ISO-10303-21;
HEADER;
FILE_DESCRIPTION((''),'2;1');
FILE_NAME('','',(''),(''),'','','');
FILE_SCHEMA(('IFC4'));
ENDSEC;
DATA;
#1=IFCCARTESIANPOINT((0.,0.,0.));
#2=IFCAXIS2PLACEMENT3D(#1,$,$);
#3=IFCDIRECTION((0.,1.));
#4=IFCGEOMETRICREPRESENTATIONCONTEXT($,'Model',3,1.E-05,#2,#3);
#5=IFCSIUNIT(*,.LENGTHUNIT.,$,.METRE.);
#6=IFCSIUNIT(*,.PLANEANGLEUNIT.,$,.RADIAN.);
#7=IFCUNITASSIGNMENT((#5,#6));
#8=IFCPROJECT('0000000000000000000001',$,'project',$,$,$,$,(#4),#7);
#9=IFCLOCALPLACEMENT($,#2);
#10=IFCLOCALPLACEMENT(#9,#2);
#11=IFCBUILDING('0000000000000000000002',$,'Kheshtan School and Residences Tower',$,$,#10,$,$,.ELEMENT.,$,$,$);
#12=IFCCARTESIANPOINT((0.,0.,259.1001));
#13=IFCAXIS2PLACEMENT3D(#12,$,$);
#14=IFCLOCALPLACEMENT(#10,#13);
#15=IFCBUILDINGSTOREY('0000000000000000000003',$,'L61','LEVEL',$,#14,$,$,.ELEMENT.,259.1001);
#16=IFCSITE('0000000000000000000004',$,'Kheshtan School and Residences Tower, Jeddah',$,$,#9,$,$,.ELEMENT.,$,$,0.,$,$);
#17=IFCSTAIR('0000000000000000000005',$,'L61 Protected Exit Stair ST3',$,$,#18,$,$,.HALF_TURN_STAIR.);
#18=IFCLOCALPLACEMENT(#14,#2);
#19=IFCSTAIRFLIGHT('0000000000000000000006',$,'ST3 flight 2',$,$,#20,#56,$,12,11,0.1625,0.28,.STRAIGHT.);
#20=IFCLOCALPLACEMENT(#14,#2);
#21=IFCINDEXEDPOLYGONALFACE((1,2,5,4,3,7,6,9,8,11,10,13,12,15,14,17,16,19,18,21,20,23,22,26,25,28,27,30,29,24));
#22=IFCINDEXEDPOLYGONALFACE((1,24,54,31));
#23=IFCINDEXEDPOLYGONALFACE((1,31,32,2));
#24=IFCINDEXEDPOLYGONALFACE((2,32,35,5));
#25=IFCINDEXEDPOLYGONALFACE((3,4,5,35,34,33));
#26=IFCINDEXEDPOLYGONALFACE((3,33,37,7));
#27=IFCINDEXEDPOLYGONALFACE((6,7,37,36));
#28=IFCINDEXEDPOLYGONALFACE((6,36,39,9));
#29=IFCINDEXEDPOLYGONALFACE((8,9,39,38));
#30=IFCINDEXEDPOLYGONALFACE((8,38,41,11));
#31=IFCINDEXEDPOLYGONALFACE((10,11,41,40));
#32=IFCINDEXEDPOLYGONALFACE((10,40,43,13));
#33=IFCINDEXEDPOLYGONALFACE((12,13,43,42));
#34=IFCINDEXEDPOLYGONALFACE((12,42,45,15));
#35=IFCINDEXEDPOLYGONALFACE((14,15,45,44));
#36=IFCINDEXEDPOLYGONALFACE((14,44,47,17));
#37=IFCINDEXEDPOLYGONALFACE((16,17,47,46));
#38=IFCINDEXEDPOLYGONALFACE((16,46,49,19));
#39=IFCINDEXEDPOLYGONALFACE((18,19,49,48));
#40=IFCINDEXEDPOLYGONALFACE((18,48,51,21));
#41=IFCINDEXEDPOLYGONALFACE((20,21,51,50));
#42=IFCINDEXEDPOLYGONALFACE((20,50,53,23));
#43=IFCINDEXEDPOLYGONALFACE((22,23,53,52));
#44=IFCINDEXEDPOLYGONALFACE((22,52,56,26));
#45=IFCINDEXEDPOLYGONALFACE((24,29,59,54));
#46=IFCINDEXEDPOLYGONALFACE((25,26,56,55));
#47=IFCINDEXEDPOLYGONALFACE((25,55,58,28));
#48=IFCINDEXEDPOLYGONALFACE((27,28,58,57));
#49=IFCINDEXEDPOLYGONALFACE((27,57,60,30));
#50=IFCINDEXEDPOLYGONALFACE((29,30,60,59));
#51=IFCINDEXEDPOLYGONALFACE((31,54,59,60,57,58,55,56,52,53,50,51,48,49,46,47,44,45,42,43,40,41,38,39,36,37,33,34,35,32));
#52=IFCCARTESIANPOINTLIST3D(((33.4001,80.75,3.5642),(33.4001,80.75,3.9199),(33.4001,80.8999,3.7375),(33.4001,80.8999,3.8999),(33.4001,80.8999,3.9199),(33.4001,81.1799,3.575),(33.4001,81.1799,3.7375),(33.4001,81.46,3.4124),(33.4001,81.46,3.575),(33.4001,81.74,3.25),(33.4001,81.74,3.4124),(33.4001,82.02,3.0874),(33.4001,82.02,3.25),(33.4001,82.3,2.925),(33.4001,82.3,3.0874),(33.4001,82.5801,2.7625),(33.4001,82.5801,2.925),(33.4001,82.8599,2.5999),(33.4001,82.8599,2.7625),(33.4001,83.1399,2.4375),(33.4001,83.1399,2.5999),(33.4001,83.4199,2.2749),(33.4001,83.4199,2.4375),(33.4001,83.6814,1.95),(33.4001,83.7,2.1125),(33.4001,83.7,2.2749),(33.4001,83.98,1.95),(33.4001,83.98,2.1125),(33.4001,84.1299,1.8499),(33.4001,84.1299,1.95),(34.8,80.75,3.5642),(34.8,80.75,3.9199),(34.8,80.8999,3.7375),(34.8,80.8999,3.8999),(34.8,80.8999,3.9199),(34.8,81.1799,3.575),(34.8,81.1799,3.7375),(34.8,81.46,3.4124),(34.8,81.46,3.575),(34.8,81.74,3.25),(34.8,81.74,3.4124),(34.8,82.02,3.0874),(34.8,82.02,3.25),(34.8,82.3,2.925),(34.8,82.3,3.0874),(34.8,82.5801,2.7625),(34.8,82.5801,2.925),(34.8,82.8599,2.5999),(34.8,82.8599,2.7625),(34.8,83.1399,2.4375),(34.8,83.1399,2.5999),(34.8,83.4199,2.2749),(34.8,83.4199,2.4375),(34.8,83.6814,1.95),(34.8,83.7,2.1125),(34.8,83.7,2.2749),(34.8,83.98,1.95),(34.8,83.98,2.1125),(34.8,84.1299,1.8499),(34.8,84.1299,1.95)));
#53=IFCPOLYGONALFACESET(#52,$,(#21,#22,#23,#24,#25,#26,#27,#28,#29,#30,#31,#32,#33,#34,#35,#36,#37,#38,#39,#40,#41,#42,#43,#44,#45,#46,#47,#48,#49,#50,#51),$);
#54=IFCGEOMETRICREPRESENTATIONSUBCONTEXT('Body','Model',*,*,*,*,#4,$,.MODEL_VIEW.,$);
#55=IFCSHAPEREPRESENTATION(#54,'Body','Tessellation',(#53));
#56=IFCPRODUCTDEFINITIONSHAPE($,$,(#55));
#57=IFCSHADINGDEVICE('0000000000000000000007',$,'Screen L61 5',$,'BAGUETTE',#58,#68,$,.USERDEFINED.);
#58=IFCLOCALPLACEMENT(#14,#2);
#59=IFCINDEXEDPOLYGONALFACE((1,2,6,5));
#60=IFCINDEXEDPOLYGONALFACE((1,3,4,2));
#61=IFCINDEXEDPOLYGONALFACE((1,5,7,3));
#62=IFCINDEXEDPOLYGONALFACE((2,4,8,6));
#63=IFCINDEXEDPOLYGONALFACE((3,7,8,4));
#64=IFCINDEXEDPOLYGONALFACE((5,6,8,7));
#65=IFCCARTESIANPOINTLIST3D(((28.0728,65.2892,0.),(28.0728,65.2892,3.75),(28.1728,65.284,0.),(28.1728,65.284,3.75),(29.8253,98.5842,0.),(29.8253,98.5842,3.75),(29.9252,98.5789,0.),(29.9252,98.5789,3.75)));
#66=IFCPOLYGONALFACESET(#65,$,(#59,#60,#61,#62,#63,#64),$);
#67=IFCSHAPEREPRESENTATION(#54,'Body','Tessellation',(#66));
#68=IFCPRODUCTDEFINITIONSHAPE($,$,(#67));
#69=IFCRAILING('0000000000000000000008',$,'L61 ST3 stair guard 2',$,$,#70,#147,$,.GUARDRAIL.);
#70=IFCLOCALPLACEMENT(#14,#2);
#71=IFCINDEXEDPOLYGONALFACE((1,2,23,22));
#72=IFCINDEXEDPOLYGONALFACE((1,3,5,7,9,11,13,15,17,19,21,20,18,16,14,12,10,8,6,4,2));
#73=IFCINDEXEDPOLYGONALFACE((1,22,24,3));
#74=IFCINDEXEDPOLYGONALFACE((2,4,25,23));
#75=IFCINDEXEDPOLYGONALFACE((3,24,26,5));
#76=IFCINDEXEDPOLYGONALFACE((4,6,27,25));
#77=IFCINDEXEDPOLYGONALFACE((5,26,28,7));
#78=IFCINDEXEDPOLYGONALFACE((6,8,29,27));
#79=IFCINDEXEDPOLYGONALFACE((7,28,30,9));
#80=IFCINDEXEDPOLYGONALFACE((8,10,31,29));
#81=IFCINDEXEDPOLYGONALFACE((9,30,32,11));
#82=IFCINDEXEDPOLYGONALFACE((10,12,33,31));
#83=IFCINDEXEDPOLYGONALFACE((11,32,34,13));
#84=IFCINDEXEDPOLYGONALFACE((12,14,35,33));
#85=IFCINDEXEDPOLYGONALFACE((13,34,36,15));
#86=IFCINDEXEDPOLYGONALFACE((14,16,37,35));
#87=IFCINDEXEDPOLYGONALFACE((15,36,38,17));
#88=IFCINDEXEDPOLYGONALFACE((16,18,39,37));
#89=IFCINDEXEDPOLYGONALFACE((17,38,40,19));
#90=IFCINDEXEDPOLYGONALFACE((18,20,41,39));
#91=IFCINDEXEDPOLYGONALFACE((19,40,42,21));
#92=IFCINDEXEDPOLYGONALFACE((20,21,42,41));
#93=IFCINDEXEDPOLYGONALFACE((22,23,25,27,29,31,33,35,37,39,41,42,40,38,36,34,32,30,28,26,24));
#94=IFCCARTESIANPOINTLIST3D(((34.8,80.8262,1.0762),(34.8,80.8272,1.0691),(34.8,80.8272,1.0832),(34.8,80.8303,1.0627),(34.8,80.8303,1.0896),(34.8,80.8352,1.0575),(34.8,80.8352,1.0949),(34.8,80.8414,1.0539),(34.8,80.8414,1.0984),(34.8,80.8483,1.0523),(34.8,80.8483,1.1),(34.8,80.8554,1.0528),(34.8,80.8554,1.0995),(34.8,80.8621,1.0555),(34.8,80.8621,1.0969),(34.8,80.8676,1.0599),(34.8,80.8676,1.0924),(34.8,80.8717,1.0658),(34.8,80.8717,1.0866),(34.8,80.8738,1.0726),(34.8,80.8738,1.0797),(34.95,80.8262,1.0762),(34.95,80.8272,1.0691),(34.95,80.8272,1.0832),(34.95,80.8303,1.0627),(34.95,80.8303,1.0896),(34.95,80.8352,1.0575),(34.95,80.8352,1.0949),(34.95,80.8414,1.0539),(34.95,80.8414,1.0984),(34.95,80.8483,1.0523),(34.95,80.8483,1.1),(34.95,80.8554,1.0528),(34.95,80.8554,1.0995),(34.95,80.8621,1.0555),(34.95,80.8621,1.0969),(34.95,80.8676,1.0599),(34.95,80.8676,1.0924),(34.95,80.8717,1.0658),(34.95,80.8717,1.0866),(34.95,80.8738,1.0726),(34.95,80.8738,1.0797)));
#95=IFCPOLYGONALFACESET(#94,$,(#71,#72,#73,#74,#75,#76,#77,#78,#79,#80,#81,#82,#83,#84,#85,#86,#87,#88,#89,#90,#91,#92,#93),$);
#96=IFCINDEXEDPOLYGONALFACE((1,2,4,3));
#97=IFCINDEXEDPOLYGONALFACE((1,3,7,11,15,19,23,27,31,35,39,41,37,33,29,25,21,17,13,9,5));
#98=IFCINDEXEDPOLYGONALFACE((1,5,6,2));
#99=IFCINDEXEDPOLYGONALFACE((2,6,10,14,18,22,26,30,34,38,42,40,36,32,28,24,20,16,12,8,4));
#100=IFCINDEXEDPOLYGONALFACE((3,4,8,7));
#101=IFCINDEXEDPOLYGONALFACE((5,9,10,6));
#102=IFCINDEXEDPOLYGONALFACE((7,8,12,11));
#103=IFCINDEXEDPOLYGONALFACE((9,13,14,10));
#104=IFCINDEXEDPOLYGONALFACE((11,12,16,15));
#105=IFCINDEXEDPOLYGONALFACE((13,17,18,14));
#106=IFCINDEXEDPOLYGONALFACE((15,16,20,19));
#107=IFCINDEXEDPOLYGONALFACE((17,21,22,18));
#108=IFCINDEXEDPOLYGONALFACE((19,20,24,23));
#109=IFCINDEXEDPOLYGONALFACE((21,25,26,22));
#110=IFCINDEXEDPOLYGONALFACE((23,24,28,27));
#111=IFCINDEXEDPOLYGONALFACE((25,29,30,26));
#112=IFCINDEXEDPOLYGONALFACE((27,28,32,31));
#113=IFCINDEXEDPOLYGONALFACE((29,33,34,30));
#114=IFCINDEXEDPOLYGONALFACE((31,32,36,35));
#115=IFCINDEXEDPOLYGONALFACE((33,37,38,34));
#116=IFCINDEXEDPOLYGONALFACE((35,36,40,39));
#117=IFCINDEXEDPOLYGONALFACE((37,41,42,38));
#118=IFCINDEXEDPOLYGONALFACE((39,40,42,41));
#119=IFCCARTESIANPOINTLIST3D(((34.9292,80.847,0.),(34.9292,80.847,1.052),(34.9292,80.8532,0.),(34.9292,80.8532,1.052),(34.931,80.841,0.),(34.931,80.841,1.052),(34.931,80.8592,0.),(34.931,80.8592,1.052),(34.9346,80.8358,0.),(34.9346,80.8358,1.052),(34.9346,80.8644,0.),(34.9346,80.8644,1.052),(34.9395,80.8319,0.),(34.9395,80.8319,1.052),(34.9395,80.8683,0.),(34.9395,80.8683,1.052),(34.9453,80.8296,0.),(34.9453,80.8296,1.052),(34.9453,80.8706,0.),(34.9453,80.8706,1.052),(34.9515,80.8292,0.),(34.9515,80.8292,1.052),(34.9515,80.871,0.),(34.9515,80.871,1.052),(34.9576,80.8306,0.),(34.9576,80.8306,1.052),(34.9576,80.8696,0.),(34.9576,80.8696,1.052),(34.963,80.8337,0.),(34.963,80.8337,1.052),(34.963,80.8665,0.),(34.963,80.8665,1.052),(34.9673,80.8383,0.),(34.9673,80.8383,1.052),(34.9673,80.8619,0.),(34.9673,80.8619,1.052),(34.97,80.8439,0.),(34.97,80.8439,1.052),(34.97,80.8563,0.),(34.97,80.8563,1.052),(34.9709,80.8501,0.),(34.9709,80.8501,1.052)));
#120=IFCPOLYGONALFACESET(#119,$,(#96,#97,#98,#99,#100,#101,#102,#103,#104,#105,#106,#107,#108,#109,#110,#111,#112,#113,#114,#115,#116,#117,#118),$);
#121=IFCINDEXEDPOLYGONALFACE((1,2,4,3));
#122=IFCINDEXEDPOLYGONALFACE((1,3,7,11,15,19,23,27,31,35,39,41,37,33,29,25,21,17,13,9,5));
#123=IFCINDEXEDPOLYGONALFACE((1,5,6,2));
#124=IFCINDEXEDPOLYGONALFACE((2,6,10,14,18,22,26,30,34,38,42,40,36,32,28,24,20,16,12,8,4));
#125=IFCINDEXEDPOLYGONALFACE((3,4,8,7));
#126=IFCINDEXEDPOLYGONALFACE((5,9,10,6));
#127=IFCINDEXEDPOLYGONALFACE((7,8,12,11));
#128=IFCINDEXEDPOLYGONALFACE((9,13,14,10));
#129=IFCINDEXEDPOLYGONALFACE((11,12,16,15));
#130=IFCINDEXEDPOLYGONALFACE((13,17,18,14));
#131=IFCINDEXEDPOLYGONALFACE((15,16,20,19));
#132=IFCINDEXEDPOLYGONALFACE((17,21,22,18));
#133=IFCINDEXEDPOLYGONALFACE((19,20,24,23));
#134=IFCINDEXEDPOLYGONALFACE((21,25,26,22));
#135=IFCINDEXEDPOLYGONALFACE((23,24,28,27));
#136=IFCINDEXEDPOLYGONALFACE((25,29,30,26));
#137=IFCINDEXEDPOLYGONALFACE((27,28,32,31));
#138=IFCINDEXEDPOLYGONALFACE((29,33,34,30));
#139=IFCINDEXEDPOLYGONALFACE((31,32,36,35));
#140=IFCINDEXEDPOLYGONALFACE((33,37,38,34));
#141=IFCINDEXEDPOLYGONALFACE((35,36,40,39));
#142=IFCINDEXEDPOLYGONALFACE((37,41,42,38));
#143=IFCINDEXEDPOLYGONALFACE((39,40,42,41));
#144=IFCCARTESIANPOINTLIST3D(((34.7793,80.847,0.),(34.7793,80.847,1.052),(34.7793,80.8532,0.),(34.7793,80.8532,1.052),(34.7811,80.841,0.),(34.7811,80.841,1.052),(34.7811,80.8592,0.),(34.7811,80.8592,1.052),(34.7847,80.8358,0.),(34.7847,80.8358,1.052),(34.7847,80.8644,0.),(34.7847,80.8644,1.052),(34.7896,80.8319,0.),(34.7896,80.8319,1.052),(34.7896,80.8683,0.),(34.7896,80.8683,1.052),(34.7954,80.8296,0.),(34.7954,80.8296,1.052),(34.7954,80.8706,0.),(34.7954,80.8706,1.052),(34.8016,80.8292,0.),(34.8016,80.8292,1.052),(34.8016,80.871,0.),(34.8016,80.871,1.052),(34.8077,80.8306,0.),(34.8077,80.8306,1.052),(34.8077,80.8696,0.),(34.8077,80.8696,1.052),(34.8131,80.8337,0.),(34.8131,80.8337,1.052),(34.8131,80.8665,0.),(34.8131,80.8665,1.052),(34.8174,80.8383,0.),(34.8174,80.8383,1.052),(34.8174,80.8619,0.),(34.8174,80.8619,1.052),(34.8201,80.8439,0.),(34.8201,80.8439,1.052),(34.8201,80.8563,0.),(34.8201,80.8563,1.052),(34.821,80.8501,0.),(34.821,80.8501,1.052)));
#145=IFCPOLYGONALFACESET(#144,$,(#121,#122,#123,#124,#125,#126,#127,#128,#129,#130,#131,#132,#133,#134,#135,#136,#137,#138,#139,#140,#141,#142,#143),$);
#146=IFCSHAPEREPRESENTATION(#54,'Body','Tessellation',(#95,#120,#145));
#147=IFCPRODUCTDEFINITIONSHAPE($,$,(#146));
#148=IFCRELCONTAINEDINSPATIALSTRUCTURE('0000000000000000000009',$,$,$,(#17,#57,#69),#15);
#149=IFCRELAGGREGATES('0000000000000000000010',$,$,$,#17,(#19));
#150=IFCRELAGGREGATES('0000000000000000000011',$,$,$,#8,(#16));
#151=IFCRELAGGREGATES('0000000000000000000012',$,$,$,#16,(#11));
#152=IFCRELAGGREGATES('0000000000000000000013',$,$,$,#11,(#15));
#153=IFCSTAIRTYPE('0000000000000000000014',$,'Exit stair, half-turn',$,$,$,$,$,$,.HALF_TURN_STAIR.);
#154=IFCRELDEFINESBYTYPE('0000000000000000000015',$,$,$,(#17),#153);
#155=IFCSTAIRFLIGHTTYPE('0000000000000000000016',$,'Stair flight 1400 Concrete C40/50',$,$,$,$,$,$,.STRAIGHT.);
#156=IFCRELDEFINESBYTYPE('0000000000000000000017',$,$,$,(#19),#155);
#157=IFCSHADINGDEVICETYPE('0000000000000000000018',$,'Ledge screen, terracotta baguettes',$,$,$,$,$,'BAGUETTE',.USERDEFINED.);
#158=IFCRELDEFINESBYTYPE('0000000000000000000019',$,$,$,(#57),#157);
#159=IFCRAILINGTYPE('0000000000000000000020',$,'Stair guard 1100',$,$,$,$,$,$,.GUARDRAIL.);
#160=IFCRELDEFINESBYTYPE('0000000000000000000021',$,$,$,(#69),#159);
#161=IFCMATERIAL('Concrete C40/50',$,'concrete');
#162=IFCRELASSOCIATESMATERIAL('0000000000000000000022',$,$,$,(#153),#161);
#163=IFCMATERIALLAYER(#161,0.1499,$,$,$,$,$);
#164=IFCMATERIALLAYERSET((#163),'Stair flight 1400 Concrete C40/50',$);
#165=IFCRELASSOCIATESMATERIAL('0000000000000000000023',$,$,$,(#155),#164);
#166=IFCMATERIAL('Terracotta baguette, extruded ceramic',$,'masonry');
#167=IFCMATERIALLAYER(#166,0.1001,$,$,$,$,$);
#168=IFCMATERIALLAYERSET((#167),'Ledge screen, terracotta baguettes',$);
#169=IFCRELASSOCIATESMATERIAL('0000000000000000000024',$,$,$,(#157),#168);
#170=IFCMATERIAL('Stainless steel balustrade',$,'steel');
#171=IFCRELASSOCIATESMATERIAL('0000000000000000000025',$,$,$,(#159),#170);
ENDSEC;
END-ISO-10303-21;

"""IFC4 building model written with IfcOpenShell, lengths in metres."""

from ifc_helpers import new_model, si_unit, direction, frame, origin, origin_2d, place, context, subcontext, project, spatial, polyline, rectangle, circle, outline, extrude, material, layer, layer_set, type_object, element, aggregate, save


model = new_model("IFC4")

# Units and contexts
model_context = context("Model", 3, precision=1e-05, world=origin(), true_north=direction((0.0, 1.0)))
body_context = subcontext(model_context, "Body", "Model", "MODEL_VIEW")
ifc_project = project(units=[si_unit("LENGTHUNIT", "METRE"), si_unit("PLANEANGLEUNIT", "RADIAN")], contexts=[model_context])

# Site, building, storey
site_placement = place(None, origin())
site = spatial("IfcSite", under=ifc_project, at=site_placement, Name="Kheshtan School and Residences Tower, Jeddah", CompositionType="ELEMENT", RefElevation=0.0)
building_placement = place(site_placement, origin())
building = spatial("IfcBuilding", under=site, at=building_placement, Name="Kheshtan School and Residences Tower", CompositionType="ELEMENT")
storey_placement = place(building_placement, frame((0.0, 0.0, 259.1001)))
storey = spatial("IfcBuildingStorey", under=building, at=storey_placement, Name="L61", Description="LEVEL", CompositionType="ELEMENT", Elevation=259.1001)

# Shared definitions
ifc_material_1 = material(Name="Concrete C40/50", Category="concrete")

# Stair, stair flight
stair_type = type_object("IfcStairType", Name="Exit stair, half-turn", PredefinedType="HALF_TURN_STAIR", material=ifc_material_1)
stair_placement = place(storey_placement, origin())
stair = element("IfcStair", 1, at=stair_placement, inside=storey, type_object=stair_type, Name="L61 Protected Exit Stair ST3", PredefinedType="HALF_TURN_STAIR")
ifc_layer_1 = layer(ifc_material_1, 0.1499)
ifc_layer_set_1 = layer_set([ifc_layer_1], Name="Stair flight 1400 Concrete C40/50")
stair_flight_type = type_object("IfcStairFlightType", Name="Stair flight 1400 Concrete C40/50", PredefinedType="STRAIGHT", material=ifc_layer_set_1)
stair_flight_1_placement = place(storey_placement, frame((34.1001, 83.98, 1.95), z_axis=(0.0, 0.0, 1.0), x_axis=(0.0, -1.0, 0.0)))
stair_flight_1 = element("IfcStairFlight", 2, at=stair_flight_1_placement, type_object=stair_flight_type, Name="ST3 flight 2", NumberOfRisers=12, NumberOfTreads=11, PredefinedType="STRAIGHT", RiserHeight=0.1625, TreadLength=0.28, context=body_context, shape_type="SweptSolid", body=[
    extrude(outline(polyline([(-0.1499, -0.1001), (-0.1499, 0.0), (0.0, 0.0), (0.0, 0.1626), (0.28, 0.1626), (0.28, 0.325), (0.5601, 0.325), (0.5601, 0.4875), (0.8401, 0.4875), (0.8401, 0.6499), (1.1201, 0.6499), (1.1201, 0.8125), (1.3999, 0.8125), (1.3999, 0.9751), (1.6799, 0.9751), (1.6799, 1.1375), (1.96, 1.1375), (1.96, 1.3), (2.24, 1.3), (2.24, 1.4624), (2.52, 1.4624), (2.52, 1.625), (2.8, 1.625), (2.8, 1.7876), (3.0801, 1.7876), (3.0801, 1.95), (3.0801, 1.97), (3.23, 1.97), (3.23, 1.6143), (0.2986, 0.0), (-0.1499, -0.1001)])), frame((0.0, 0.7, 0.0), z_axis=(0.0, -1.0, 0.0), x_axis=(1.0, 0.0, 0.0)), (0.0, 0.0, 1.0), 1.3999),
])
aggregate(stair, [stair_flight_1])

# Shading device
ifc_material_2 = material(Name="Terracotta baguette, extruded ceramic", Category="masonry")
ifc_layer_2 = layer(ifc_material_2, 0.1001)
ifc_layer_set_2 = layer_set([ifc_layer_2], Name="Ledge screen, terracotta baguettes")
shading_device_type = type_object("IfcShadingDeviceType", Name="Ledge screen, terracotta baguettes", ElementType="BAGUETTE", PredefinedType="USERDEFINED", material=ifc_layer_set_2)
shading_device_placement = place(storey_placement, frame((28.999, 81.9341, 0.0), z_axis=(0.0, 0.0, 1.0), x_axis=(0.052563, 0.998618, 0.0)))
element("IfcShadingDevice", 3, at=shading_device_placement, inside=storey, type_object=shading_device_type, Name="Screen L61 5", ObjectType="BAGUETTE", PredefinedType="USERDEFINED", context=body_context, shape_type="SweptSolid", body=[
    extrude(rectangle(XDim=33.3411, YDim=0.1001, at=origin_2d()), origin(), (0.0, 0.0, 1.0), 3.75),
])

# Railing
ifc_material_3 = material(Name="Stainless steel balustrade", Category="steel")
railing_type_1 = type_object("IfcRailingType", Name="Stair guard 1100", PredefinedType="GUARDRAIL", material=ifc_material_3)
railing_1_placement = place(storey_placement, frame((34.95, 80.8501, 0.0)))
element("IfcRailing", 4, at=railing_1_placement, inside=storey, type_object=railing_type_1, Name="L61 ST3 stair guard 2", PredefinedType="GUARDRAIL", context=body_context, shape_type="SweptSolid", body=[
    extrude(circle(Radius=0.0239, at=origin_2d()), frame((0.0, 0.0, 1.0762), z_axis=(-1.0, 0.0, 0.0), x_axis=(0.0, -1.0, 0.0)), (0.0, 0.0, 1.0), 0.1499),
    extrude(circle(Radius=0.021, at=origin_2d()), origin(), (0.0, 0.0, 1.0), 1.052),
    extrude(circle(Radius=0.021, at=origin_2d()), frame((-0.1499, 0.0, 0.0)), (0.0, 0.0, 1.0), 1.052),
])

save(model, "model.ifc")
